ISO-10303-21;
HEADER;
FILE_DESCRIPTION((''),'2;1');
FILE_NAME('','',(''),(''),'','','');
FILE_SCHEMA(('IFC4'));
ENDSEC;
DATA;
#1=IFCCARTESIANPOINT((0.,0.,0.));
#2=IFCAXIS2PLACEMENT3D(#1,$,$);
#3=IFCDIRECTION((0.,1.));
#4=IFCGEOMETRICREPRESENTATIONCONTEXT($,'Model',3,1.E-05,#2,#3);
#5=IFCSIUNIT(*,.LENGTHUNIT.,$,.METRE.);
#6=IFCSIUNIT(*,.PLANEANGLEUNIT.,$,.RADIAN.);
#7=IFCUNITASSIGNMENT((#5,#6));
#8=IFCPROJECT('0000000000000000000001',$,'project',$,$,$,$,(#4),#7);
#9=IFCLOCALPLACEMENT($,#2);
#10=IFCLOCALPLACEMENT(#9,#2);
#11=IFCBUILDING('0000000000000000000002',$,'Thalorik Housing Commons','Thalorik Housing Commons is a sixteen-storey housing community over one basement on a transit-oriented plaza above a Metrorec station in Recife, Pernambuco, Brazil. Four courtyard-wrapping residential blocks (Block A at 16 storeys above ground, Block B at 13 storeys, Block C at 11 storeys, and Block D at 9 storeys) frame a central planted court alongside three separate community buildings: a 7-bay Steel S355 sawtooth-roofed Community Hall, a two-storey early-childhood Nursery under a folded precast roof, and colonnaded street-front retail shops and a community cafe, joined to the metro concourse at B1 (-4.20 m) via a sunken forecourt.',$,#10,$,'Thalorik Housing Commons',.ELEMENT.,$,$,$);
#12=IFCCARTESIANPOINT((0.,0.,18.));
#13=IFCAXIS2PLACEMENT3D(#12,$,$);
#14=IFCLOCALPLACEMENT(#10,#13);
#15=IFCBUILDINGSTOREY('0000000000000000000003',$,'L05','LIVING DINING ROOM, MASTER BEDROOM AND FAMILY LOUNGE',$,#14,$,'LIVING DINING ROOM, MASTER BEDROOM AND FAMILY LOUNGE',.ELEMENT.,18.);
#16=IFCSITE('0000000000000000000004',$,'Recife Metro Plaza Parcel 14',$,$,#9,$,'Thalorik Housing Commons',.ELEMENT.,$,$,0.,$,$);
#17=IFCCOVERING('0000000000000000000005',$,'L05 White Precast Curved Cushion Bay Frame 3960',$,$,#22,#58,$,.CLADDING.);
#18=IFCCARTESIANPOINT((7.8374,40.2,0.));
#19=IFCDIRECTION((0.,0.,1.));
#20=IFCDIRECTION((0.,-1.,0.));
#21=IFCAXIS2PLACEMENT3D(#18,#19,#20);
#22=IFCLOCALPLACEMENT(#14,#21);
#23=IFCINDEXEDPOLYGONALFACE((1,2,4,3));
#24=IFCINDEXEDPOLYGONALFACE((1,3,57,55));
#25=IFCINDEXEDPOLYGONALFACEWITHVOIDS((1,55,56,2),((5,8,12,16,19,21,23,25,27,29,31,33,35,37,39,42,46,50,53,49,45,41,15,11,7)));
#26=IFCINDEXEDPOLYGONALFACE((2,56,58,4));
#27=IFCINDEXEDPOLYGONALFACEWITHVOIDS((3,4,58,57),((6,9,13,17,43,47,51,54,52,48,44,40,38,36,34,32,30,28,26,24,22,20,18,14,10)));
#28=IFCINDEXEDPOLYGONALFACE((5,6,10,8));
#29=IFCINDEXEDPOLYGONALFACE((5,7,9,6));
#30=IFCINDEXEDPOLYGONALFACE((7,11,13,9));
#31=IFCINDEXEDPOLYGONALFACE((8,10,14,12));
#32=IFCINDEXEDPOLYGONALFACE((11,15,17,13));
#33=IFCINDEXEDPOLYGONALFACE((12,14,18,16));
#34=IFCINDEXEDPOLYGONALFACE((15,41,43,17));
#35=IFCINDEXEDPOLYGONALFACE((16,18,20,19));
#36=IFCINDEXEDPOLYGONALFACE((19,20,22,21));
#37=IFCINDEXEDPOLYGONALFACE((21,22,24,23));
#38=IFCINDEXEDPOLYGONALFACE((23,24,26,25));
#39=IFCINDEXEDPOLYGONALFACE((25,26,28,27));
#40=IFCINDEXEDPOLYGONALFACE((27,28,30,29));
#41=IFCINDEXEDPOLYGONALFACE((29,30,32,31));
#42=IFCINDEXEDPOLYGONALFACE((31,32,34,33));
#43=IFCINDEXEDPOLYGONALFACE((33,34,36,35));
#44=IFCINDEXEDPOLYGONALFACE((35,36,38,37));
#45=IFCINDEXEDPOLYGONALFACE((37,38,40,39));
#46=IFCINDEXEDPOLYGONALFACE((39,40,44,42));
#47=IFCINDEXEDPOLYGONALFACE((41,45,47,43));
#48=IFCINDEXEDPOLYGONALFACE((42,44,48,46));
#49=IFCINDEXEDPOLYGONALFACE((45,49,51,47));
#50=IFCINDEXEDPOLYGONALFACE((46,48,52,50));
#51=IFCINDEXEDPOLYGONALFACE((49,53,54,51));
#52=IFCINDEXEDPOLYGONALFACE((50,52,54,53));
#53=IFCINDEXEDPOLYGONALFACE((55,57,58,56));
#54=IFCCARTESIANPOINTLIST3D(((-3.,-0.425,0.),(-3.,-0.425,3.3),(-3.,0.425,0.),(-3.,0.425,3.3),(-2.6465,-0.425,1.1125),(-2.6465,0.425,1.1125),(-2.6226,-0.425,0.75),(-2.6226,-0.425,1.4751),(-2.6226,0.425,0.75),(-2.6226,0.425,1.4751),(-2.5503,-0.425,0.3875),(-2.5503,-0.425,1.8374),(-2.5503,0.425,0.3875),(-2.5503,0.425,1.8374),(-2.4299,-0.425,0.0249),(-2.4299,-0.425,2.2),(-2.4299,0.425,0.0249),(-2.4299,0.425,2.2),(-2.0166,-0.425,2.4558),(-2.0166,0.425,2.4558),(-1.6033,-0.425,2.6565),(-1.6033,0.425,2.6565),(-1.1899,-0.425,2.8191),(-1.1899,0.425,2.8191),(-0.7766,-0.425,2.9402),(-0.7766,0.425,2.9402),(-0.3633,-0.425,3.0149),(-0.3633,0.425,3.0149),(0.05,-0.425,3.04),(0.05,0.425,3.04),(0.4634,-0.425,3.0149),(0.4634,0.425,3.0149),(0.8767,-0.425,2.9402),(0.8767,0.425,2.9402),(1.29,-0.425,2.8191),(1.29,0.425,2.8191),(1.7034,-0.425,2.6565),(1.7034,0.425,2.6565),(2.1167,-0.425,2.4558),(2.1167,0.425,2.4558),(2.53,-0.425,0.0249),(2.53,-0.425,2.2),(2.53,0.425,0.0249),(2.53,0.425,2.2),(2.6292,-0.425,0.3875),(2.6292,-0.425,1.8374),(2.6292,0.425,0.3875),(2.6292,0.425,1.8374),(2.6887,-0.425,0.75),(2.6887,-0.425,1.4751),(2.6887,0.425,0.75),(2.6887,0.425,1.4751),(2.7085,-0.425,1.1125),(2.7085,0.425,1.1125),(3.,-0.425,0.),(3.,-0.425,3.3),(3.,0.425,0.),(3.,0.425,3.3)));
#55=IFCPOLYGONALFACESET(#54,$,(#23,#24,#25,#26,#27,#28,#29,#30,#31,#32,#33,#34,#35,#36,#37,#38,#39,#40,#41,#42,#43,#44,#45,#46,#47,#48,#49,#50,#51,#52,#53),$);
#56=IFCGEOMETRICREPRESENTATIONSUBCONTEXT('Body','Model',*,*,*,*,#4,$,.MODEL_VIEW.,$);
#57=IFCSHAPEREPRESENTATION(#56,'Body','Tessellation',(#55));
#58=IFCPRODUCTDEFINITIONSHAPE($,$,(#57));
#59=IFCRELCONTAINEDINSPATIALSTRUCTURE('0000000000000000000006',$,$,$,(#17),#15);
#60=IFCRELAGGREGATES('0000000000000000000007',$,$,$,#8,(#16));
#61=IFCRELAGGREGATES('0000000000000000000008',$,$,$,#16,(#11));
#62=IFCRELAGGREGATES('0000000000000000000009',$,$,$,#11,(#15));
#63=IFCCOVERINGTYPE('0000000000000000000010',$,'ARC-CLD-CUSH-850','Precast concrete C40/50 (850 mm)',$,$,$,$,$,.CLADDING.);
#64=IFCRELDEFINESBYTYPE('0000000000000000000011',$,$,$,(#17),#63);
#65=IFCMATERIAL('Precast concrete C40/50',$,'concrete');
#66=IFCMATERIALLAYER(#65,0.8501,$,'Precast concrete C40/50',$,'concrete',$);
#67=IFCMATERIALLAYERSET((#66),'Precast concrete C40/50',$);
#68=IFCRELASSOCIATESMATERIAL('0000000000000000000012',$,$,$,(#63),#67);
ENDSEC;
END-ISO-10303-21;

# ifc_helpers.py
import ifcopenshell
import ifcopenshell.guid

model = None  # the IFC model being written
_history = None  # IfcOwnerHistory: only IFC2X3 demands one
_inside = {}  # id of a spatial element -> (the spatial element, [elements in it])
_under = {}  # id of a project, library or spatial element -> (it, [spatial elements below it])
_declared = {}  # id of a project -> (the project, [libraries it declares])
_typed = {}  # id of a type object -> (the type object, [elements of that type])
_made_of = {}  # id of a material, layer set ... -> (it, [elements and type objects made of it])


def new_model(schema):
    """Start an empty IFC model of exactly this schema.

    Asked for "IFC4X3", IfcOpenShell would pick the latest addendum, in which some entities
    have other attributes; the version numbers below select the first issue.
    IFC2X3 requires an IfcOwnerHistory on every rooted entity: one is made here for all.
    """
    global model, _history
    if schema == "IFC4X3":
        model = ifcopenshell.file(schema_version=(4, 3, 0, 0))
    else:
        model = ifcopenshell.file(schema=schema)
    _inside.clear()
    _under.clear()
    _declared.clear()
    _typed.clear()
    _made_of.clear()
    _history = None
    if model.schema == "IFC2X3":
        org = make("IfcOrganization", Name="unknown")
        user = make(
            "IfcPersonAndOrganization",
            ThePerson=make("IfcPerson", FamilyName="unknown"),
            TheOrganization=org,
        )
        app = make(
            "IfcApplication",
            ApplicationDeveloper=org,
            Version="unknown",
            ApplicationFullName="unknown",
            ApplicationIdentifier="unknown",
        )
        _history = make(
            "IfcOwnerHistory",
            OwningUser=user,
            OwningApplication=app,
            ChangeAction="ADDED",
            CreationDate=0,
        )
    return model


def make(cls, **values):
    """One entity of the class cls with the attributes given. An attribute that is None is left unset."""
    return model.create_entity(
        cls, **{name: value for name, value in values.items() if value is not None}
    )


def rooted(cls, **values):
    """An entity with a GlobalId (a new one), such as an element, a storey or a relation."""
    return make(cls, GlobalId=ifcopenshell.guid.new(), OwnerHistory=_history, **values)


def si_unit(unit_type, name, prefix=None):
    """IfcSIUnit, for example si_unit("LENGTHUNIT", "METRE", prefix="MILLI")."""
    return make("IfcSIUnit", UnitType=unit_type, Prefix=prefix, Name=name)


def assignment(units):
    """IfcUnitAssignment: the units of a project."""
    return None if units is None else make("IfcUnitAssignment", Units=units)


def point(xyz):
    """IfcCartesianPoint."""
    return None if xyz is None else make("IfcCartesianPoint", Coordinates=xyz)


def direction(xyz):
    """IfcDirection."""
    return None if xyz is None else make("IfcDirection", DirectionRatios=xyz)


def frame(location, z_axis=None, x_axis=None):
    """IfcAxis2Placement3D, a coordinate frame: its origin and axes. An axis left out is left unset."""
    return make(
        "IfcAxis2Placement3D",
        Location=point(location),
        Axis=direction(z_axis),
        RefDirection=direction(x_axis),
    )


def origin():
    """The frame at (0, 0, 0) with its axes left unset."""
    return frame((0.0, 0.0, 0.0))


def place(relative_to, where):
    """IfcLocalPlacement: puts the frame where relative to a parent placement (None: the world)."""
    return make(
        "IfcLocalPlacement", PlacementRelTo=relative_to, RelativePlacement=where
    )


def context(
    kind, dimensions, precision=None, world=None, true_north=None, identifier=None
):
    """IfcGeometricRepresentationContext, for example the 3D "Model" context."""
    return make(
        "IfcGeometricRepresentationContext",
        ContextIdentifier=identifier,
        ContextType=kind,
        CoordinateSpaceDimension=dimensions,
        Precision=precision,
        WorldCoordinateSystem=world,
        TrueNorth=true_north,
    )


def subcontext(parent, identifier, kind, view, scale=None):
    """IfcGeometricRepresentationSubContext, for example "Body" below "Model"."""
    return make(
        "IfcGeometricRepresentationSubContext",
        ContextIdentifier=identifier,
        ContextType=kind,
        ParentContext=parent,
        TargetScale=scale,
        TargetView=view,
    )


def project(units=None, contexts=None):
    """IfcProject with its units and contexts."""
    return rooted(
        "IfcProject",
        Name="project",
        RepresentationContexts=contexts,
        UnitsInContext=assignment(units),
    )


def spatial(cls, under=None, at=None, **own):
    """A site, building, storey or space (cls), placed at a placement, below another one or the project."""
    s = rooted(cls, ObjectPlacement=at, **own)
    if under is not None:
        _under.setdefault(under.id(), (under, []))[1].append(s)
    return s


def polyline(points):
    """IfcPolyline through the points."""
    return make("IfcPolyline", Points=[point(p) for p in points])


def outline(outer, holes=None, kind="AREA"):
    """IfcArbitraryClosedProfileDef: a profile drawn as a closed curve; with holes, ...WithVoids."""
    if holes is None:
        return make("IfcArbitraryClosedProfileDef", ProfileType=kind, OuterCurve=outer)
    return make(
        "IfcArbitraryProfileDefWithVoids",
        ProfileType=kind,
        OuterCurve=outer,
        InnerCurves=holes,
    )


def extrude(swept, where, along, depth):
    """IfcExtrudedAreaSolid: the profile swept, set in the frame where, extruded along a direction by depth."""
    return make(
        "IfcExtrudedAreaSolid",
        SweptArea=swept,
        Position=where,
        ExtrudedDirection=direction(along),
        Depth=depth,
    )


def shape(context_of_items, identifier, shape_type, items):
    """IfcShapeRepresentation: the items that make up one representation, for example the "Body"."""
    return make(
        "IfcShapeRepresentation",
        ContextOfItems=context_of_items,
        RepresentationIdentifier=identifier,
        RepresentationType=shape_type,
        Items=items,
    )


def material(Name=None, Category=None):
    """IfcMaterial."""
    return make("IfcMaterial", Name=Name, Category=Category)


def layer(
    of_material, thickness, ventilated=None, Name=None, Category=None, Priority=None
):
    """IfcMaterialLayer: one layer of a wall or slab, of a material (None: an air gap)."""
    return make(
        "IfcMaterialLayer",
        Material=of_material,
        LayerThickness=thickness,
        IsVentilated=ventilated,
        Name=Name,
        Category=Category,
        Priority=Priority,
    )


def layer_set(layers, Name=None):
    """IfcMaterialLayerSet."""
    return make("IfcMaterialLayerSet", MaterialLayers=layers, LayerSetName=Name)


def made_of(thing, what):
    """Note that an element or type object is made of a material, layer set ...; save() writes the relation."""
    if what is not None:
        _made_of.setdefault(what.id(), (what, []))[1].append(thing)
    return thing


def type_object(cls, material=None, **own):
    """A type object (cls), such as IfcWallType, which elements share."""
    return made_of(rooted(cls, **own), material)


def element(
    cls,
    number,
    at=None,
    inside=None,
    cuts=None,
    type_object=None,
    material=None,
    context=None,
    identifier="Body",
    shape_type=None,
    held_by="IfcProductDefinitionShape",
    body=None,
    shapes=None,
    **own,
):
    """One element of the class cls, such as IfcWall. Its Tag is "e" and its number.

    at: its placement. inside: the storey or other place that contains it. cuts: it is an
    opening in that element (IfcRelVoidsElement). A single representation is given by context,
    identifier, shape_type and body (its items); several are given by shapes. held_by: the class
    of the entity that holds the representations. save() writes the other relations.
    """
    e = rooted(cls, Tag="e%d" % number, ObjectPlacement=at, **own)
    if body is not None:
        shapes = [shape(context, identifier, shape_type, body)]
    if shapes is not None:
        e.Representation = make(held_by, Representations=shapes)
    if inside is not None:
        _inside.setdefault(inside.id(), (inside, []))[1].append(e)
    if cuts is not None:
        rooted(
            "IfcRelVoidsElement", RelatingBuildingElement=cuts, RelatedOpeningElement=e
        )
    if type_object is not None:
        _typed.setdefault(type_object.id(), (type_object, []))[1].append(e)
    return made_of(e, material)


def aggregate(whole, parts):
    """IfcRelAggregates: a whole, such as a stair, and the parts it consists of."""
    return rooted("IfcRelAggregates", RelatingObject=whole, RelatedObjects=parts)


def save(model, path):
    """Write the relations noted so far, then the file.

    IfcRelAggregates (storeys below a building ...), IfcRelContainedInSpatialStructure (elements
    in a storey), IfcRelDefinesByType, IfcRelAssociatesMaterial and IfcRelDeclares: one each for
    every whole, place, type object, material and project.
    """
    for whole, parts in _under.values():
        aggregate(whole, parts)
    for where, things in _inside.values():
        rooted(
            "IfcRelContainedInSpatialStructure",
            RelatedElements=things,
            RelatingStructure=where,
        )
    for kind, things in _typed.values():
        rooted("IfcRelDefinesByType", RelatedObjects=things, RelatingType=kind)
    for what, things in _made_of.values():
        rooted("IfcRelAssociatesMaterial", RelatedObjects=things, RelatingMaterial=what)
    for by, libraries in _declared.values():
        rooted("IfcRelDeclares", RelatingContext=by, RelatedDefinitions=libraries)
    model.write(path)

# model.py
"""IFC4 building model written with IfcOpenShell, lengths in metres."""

from ifc_helpers import new_model, si_unit, direction, frame, origin, place, context, subcontext, project, spatial, polyline, outline, extrude, material, layer, layer_set, type_object, element, save


model = new_model("IFC4")

# Units and contexts
model_context = context("Model", 3, precision=1e-05, world=origin(), true_north=direction((0.0, 1.0)))
body_context = subcontext(model_context, "Body", "Model", "MODEL_VIEW")
ifc_project = project(units=[si_unit("LENGTHUNIT", "METRE"), si_unit("PLANEANGLEUNIT", "RADIAN")], contexts=[model_context])

# Site, building, storey
site_placement = place(None, origin())
site = spatial("IfcSite", under=ifc_project, at=site_placement, Name="Recife Metro Plaza Parcel 14", LongName="Thalorik Housing Commons", CompositionType="ELEMENT", RefElevation=0.0)
building_placement = place(site_placement, origin())
building = spatial("IfcBuilding", under=site, at=building_placement, Name="Thalorik Housing Commons", Description="Thalorik Housing Commons is a sixteen-storey housing community over one basement on a transit-oriented plaza above a Metrorec station in Recife, Pernambuco, Brazil. Four courtyard-wrapping residential blocks (Block A at 16 storeys above ground, Block B at 13 storeys, Block C at 11 storeys, and Block D at 9 storeys) frame a central planted court alongside three separate community buildings: a 7-bay Steel S355 sawtooth-roofed Community Hall, a two-storey early-childhood Nursery under a folded precast roof, and colonnaded street-front retail shops and a community cafe, joined to the metro concourse at B1 (-4.20 m) via a sunken forecourt.", LongName="Thalorik Housing Commons", CompositionType="ELEMENT")
storey_placement = place(building_placement, frame((0.0, 0.0, 18.0)))
storey = spatial("IfcBuildingStorey", under=building, at=storey_placement, Name="L05", Description="LIVING DINING ROOM, MASTER BEDROOM AND FAMILY LOUNGE", LongName="LIVING DINING ROOM, MASTER BEDROOM AND FAMILY LOUNGE", CompositionType="ELEMENT", Elevation=18.0)

# Shared definitions
ifc_material_1 = material(Name="Precast concrete C40/50", Category="concrete")

# Covering
ifc_layer_1 = layer(ifc_material_1, 0.8501, Name="Precast concrete C40/50", Category="concrete")
ifc_layer_set_1 = layer_set([ifc_layer_1], Name="Precast concrete C40/50")
covering_type_1 = type_object("IfcCoveringType", Name="ARC-CLD-CUSH-850", Description="Precast concrete C40/50 (850 mm)", PredefinedType="CLADDING", material=ifc_layer_set_1)
covering_1_placement = place(storey_placement, frame((7.8374, 40.2, 0.0), z_axis=(0.0, 0.0, 1.0), x_axis=(0.0, -1.0, 0.0)))
element("IfcCovering", 1, at=covering_1_placement, inside=storey, type_object=covering_type_1, Name="L05 White Precast Curved Cushion Bay Frame 3960", PredefinedType="CLADDING", context=body_context, shape_type="SweptSolid", body=[
    extrude(outline(polyline([(-3.0, 0.0), (3.0, 0.0), (3.0, 3.3), (-3.0, 3.3), (-3.0, 0.0)]), holes=[polyline([(2.53, 0.0249), (2.6292, 0.3875), (2.6887, 0.75), (2.7085, 1.1125), (2.6887, 1.4751), (2.6292, 1.8374), (2.53, 2.2), (2.1167, 2.4558), (1.7034, 2.6565), (1.29, 2.8191), (0.8767, 2.9402), (0.4634, 3.0149), (0.05, 3.04), (-0.3633, 3.0149), (-0.7766, 2.9402), (-1.1899, 2.8191), (-1.6033, 2.6565), (-2.0166, 2.4558), (-2.4299, 2.2), (-2.5503, 1.8374), (-2.6226, 1.4751), (-2.6465, 1.1125), (-2.6226, 0.75), (-2.5503, 0.3875), (-2.4299, 0.0249), (2.53, 0.0249)])]), frame((0.0, 0.425, 0.0), z_axis=(0.0, -1.0, 0.0), x_axis=(1.0, 0.0, 0.0)), (0.0, 0.0, 1.0), 0.8501),
])

save(model, "model.ifc")
